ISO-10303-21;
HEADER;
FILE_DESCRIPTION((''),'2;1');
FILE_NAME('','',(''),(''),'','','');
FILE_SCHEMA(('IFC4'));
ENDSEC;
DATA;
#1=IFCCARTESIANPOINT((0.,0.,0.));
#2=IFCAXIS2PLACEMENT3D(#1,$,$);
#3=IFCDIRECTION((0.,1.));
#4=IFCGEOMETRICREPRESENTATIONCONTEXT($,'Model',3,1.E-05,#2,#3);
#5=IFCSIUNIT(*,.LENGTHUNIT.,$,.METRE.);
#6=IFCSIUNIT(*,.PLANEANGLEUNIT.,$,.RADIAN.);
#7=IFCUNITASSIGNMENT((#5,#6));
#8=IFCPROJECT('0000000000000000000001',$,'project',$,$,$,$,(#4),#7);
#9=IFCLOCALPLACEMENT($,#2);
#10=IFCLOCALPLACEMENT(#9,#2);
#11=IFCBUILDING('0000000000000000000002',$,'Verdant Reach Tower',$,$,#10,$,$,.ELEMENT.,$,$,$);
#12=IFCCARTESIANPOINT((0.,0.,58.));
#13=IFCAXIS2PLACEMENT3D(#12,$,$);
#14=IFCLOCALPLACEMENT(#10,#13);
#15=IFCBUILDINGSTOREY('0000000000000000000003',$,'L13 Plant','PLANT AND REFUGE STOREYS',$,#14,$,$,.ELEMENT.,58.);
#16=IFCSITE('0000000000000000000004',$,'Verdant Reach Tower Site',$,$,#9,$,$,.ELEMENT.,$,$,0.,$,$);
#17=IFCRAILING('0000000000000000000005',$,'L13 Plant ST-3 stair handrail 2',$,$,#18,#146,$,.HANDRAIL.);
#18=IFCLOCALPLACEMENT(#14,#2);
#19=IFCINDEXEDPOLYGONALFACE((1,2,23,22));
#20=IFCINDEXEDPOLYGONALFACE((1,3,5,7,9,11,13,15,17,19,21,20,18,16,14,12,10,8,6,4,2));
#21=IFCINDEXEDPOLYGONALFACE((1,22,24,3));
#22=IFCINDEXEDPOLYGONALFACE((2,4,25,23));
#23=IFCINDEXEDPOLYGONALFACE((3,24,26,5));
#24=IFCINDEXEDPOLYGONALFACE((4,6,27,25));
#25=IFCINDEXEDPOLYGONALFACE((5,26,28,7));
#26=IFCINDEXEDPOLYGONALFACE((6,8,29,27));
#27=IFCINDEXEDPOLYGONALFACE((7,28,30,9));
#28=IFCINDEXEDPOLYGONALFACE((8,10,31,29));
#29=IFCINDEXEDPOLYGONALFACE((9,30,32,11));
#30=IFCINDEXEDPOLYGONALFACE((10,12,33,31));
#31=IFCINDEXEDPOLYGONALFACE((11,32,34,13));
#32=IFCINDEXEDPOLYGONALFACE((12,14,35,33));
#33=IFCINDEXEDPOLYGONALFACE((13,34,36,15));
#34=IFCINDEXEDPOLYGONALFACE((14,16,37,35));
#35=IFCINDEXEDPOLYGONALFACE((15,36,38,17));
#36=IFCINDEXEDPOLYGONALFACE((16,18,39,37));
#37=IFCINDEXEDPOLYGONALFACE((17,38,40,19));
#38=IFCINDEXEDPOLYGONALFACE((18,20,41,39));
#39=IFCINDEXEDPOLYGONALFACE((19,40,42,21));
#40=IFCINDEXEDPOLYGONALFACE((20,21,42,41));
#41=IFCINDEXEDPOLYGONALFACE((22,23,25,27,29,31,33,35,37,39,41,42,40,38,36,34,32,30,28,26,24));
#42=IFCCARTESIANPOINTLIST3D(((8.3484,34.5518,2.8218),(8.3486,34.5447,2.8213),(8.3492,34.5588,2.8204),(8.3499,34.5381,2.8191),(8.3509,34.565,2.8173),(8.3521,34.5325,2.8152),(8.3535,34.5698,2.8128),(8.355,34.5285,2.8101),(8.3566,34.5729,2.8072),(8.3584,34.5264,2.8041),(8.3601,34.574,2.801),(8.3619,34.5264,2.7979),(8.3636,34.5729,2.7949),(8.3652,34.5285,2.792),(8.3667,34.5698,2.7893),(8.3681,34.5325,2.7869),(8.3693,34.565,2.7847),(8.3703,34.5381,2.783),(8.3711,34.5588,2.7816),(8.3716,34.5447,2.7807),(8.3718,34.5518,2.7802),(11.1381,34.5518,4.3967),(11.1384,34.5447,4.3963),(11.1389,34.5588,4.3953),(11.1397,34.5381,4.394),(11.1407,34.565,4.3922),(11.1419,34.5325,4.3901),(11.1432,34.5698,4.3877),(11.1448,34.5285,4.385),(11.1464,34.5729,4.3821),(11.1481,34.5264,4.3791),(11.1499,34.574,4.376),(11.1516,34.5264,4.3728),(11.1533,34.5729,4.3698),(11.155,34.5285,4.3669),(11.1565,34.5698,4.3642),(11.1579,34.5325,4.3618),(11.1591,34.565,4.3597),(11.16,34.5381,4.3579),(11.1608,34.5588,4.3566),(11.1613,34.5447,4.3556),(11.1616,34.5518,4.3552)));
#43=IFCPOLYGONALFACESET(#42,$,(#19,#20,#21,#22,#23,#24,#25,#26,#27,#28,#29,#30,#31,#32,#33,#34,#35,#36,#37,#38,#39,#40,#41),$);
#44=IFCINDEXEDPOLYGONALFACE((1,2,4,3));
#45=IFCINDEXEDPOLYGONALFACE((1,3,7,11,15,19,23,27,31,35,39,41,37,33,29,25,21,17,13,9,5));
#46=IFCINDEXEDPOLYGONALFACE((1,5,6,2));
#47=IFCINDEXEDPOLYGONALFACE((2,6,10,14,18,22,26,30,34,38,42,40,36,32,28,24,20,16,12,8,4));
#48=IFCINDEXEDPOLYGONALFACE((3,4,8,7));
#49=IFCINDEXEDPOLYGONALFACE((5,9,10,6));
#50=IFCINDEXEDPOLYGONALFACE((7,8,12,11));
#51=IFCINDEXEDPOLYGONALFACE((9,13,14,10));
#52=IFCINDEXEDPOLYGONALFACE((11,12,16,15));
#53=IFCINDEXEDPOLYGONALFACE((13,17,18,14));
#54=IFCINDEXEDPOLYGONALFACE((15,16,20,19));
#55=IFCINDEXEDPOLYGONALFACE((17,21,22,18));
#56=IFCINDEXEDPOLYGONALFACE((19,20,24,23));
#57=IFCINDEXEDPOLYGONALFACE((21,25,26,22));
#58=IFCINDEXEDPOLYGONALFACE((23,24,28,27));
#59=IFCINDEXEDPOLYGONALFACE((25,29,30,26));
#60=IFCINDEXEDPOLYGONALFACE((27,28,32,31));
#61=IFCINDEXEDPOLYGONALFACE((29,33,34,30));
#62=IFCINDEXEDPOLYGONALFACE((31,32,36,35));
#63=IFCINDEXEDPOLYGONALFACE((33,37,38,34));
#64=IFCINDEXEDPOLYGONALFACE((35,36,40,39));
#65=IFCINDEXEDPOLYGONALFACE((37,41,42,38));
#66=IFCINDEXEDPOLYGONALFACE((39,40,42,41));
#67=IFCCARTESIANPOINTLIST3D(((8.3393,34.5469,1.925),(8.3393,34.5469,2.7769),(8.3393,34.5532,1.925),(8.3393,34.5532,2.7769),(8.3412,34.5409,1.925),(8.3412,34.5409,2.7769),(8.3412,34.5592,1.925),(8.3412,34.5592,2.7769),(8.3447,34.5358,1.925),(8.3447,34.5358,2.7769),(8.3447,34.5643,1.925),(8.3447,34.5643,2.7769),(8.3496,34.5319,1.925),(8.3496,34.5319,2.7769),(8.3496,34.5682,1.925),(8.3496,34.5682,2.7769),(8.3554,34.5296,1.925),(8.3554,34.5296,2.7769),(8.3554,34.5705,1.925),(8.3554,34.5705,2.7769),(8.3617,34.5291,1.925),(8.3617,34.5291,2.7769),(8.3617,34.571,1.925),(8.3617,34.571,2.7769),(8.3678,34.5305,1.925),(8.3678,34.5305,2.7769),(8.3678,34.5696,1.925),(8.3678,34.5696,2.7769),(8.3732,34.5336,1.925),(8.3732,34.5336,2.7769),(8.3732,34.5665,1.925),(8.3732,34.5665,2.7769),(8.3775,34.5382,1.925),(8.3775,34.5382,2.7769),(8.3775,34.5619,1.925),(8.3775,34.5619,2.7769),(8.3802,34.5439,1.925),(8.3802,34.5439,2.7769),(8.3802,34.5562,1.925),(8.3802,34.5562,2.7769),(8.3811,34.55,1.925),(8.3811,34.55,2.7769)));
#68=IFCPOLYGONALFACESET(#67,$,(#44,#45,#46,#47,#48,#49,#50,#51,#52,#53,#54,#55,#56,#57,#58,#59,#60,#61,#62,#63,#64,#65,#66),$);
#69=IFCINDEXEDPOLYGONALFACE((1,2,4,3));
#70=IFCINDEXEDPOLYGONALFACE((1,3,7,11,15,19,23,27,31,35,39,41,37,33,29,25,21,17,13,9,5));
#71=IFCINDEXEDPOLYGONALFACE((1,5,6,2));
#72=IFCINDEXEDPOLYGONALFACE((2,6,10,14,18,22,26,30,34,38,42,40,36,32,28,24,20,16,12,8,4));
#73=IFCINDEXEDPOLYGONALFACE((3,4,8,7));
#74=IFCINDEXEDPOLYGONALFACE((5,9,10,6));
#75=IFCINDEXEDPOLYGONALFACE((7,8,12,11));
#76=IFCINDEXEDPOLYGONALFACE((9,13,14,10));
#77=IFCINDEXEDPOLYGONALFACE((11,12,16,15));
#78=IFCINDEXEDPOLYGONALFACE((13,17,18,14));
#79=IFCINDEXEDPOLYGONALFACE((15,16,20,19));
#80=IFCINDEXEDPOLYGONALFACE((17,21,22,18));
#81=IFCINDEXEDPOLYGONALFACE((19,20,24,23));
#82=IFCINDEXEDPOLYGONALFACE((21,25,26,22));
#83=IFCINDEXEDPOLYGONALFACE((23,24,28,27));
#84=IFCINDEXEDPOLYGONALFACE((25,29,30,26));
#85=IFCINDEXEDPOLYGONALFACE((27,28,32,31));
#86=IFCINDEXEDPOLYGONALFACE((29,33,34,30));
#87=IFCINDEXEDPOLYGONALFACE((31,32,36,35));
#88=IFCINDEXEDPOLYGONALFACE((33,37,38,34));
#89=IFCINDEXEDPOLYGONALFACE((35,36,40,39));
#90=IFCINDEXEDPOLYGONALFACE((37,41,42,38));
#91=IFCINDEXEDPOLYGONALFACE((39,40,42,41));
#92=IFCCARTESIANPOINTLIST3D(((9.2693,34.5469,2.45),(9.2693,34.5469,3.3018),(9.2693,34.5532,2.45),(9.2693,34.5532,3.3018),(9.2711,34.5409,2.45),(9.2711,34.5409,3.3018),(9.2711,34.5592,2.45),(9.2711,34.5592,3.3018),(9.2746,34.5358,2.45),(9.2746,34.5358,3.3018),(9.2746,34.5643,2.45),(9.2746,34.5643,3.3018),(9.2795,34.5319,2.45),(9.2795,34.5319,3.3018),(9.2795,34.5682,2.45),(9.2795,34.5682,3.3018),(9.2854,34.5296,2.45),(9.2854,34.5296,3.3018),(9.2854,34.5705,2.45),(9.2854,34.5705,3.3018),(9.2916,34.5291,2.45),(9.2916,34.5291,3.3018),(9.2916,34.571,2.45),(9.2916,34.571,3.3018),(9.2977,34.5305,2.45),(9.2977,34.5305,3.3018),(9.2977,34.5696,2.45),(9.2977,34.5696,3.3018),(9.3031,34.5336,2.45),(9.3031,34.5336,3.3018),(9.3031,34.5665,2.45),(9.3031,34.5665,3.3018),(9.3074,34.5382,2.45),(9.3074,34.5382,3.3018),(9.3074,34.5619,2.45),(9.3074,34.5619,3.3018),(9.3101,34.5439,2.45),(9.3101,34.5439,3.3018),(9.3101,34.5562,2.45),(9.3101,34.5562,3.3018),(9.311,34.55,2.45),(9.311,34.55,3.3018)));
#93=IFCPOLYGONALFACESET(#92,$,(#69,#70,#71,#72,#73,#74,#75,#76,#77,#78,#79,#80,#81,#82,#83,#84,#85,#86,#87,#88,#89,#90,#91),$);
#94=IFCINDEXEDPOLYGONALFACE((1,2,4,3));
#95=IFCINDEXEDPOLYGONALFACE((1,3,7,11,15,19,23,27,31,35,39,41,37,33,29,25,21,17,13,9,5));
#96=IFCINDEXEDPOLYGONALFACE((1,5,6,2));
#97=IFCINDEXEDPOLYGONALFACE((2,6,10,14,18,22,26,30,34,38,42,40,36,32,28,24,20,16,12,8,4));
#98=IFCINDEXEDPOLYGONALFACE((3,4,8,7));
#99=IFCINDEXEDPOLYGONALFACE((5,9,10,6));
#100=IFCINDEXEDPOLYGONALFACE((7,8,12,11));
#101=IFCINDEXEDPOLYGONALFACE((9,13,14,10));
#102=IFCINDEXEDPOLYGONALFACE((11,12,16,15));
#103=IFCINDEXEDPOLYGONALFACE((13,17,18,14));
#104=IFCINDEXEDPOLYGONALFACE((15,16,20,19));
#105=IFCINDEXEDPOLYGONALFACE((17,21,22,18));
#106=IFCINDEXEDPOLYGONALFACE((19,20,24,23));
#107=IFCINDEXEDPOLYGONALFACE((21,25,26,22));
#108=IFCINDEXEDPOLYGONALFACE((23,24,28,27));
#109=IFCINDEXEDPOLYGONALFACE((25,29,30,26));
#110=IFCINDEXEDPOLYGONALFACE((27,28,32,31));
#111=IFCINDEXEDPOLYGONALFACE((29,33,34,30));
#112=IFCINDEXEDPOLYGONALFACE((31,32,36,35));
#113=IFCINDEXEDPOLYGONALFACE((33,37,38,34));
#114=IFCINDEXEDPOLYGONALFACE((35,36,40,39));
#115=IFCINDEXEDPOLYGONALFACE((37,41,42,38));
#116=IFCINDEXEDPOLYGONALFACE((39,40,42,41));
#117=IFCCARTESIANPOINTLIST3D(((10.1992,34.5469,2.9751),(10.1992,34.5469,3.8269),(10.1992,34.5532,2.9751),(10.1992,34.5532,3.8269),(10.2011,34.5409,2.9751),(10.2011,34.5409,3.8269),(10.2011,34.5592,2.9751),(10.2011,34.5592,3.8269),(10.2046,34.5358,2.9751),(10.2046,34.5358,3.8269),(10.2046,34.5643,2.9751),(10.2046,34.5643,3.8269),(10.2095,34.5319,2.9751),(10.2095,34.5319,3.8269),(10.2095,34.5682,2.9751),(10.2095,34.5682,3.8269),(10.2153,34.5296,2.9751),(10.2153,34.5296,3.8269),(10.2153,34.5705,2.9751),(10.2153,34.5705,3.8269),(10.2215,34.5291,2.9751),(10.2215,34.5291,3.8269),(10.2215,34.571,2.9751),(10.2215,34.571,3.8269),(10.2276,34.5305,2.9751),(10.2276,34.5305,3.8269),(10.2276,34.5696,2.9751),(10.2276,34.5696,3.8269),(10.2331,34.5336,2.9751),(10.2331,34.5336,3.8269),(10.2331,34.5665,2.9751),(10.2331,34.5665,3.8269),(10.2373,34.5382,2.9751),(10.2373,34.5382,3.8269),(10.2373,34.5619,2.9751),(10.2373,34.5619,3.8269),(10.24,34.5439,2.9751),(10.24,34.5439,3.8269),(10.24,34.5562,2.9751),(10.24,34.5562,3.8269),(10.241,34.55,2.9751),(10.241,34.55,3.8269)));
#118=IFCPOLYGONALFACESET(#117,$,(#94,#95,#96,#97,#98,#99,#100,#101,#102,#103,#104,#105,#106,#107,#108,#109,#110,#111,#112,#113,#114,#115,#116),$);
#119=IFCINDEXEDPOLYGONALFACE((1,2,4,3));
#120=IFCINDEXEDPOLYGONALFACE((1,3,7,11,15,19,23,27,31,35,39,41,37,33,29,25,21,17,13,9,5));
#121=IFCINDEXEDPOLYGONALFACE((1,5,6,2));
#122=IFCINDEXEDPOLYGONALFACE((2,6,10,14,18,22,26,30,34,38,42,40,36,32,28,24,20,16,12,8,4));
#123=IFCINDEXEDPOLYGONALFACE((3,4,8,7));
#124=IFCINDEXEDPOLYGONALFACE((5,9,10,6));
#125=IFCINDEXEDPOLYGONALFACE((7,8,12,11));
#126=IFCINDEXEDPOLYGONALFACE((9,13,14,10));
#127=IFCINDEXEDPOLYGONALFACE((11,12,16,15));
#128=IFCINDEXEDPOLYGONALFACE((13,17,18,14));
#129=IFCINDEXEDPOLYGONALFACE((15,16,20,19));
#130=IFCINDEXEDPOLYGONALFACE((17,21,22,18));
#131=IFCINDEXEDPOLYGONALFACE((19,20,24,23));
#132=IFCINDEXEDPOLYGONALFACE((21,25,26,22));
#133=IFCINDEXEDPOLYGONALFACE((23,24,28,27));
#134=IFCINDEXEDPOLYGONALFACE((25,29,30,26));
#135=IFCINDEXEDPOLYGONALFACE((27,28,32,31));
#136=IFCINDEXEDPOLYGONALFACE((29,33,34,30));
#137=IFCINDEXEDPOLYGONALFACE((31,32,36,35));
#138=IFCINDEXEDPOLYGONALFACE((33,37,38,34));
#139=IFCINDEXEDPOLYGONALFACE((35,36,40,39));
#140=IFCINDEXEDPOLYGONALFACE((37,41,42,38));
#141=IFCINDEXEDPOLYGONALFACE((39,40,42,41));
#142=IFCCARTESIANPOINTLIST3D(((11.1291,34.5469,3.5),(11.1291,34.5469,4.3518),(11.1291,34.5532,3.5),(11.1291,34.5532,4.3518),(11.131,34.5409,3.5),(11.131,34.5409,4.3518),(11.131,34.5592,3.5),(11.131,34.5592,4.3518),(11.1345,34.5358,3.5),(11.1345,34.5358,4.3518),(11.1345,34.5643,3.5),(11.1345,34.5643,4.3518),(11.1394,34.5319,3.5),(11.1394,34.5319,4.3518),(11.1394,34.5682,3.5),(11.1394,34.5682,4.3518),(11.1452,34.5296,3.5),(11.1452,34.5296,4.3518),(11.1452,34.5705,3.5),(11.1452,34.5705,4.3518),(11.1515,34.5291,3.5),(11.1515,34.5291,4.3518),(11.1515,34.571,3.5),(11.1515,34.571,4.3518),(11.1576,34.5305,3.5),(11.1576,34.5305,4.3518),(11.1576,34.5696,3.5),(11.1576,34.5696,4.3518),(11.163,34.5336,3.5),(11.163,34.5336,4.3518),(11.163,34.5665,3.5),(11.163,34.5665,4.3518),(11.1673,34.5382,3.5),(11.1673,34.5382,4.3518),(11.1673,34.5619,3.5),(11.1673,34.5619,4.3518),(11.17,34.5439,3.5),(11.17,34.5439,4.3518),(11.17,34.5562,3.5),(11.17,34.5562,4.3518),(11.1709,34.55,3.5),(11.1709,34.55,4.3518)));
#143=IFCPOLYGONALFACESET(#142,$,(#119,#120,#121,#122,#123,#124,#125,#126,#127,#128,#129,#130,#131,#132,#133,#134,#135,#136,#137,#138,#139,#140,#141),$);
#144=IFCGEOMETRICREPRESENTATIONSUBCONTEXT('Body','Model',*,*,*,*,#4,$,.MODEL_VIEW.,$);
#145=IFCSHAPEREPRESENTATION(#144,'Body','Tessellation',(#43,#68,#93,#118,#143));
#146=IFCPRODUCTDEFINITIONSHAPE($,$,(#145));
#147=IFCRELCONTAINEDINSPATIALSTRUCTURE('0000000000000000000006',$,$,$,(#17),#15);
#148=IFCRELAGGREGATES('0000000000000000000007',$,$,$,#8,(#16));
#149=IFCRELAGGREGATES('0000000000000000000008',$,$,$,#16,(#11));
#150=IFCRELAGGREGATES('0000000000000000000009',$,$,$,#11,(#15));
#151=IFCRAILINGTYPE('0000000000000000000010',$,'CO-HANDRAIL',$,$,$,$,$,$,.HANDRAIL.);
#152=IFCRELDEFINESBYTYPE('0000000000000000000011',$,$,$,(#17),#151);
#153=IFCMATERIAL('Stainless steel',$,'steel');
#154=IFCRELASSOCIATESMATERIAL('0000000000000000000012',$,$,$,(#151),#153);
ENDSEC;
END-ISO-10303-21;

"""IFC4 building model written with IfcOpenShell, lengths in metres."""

from ifc_helpers import new_model, si_unit, direction, frame, origin, origin_2d, place, context, subcontext, project, spatial, circle, extrude, material, type_object, element, save


model = new_model("IFC4")

# Units and contexts
model_context = context("Model", 3, precision=1e-05, world=origin(), true_north=direction((0.0, 1.0)))
body_context = subcontext(model_context, "Body", "Model", "MODEL_VIEW")
ifc_project = project(units=[si_unit("LENGTHUNIT", "METRE"), si_unit("PLANEANGLEUNIT", "RADIAN")], contexts=[model_context])

# Site, building, storey
site_placement = place(None, origin())
site = spatial("IfcSite", under=ifc_project, at=site_placement, Name="Verdant Reach Tower Site", CompositionType="ELEMENT", RefElevation=0.0)
building_placement = place(site_placement, origin())
building = spatial("IfcBuilding", under=site, at=building_placement, Name="Verdant Reach Tower", CompositionType="ELEMENT")
storey_placement = place(building_placement, frame((0.0, 0.0, 58.0)))
storey = spatial("IfcBuildingStorey", under=building, at=storey_placement, Name="L13 Plant", Description="PLANT AND REFUGE STOREYS", CompositionType="ELEMENT", Elevation=58.0)

# Railing
ifc_material_1 = material(Name="Stainless steel", Category="steel")
railing_type_1 = type_object("IfcRailingType", Name="CO-HANDRAIL", PredefinedType="HANDRAIL", material=ifc_material_1)
railing_1_placement = place(storey_placement, frame((8.3601, 34.55, 1.925)))
element("IfcRailing", 1, at=railing_1_placement, inside=storey, type_object=railing_type_1, Name="L13 Plant ST-3 stair handrail 2", PredefinedType="HANDRAIL", context=body_context, shape_type="SweptSolid", body=[
    extrude(circle(Radius=0.0239, at=origin_2d()), frame((0.0, 0.0, 0.876), z_axis=(0.870815, 0.0, 0.49161), x_axis=(0.0, 1.0, 0.0)), (0.0, 0.0, 1.0), 3.2036),
    extrude(circle(Radius=0.021, at=origin_2d()), origin(), (0.0, 0.0, 1.0), 0.8518),
    extrude(circle(Radius=0.021, at=origin_2d()), frame((0.9299, 0.0, 0.5249)), (0.0, 0.0, 1.0), 0.8518),
    extrude(circle(Radius=0.021, at=origin_2d()), frame((1.8599, 0.0, 1.05)), (0.0, 0.0, 1.0), 0.8518),
    extrude(circle(Radius=0.021, at=origin_2d()), frame((2.7898, 0.0, 1.575)), (0.0, 0.0, 1.0), 0.8518),
])

save(model, "model.ifc")
